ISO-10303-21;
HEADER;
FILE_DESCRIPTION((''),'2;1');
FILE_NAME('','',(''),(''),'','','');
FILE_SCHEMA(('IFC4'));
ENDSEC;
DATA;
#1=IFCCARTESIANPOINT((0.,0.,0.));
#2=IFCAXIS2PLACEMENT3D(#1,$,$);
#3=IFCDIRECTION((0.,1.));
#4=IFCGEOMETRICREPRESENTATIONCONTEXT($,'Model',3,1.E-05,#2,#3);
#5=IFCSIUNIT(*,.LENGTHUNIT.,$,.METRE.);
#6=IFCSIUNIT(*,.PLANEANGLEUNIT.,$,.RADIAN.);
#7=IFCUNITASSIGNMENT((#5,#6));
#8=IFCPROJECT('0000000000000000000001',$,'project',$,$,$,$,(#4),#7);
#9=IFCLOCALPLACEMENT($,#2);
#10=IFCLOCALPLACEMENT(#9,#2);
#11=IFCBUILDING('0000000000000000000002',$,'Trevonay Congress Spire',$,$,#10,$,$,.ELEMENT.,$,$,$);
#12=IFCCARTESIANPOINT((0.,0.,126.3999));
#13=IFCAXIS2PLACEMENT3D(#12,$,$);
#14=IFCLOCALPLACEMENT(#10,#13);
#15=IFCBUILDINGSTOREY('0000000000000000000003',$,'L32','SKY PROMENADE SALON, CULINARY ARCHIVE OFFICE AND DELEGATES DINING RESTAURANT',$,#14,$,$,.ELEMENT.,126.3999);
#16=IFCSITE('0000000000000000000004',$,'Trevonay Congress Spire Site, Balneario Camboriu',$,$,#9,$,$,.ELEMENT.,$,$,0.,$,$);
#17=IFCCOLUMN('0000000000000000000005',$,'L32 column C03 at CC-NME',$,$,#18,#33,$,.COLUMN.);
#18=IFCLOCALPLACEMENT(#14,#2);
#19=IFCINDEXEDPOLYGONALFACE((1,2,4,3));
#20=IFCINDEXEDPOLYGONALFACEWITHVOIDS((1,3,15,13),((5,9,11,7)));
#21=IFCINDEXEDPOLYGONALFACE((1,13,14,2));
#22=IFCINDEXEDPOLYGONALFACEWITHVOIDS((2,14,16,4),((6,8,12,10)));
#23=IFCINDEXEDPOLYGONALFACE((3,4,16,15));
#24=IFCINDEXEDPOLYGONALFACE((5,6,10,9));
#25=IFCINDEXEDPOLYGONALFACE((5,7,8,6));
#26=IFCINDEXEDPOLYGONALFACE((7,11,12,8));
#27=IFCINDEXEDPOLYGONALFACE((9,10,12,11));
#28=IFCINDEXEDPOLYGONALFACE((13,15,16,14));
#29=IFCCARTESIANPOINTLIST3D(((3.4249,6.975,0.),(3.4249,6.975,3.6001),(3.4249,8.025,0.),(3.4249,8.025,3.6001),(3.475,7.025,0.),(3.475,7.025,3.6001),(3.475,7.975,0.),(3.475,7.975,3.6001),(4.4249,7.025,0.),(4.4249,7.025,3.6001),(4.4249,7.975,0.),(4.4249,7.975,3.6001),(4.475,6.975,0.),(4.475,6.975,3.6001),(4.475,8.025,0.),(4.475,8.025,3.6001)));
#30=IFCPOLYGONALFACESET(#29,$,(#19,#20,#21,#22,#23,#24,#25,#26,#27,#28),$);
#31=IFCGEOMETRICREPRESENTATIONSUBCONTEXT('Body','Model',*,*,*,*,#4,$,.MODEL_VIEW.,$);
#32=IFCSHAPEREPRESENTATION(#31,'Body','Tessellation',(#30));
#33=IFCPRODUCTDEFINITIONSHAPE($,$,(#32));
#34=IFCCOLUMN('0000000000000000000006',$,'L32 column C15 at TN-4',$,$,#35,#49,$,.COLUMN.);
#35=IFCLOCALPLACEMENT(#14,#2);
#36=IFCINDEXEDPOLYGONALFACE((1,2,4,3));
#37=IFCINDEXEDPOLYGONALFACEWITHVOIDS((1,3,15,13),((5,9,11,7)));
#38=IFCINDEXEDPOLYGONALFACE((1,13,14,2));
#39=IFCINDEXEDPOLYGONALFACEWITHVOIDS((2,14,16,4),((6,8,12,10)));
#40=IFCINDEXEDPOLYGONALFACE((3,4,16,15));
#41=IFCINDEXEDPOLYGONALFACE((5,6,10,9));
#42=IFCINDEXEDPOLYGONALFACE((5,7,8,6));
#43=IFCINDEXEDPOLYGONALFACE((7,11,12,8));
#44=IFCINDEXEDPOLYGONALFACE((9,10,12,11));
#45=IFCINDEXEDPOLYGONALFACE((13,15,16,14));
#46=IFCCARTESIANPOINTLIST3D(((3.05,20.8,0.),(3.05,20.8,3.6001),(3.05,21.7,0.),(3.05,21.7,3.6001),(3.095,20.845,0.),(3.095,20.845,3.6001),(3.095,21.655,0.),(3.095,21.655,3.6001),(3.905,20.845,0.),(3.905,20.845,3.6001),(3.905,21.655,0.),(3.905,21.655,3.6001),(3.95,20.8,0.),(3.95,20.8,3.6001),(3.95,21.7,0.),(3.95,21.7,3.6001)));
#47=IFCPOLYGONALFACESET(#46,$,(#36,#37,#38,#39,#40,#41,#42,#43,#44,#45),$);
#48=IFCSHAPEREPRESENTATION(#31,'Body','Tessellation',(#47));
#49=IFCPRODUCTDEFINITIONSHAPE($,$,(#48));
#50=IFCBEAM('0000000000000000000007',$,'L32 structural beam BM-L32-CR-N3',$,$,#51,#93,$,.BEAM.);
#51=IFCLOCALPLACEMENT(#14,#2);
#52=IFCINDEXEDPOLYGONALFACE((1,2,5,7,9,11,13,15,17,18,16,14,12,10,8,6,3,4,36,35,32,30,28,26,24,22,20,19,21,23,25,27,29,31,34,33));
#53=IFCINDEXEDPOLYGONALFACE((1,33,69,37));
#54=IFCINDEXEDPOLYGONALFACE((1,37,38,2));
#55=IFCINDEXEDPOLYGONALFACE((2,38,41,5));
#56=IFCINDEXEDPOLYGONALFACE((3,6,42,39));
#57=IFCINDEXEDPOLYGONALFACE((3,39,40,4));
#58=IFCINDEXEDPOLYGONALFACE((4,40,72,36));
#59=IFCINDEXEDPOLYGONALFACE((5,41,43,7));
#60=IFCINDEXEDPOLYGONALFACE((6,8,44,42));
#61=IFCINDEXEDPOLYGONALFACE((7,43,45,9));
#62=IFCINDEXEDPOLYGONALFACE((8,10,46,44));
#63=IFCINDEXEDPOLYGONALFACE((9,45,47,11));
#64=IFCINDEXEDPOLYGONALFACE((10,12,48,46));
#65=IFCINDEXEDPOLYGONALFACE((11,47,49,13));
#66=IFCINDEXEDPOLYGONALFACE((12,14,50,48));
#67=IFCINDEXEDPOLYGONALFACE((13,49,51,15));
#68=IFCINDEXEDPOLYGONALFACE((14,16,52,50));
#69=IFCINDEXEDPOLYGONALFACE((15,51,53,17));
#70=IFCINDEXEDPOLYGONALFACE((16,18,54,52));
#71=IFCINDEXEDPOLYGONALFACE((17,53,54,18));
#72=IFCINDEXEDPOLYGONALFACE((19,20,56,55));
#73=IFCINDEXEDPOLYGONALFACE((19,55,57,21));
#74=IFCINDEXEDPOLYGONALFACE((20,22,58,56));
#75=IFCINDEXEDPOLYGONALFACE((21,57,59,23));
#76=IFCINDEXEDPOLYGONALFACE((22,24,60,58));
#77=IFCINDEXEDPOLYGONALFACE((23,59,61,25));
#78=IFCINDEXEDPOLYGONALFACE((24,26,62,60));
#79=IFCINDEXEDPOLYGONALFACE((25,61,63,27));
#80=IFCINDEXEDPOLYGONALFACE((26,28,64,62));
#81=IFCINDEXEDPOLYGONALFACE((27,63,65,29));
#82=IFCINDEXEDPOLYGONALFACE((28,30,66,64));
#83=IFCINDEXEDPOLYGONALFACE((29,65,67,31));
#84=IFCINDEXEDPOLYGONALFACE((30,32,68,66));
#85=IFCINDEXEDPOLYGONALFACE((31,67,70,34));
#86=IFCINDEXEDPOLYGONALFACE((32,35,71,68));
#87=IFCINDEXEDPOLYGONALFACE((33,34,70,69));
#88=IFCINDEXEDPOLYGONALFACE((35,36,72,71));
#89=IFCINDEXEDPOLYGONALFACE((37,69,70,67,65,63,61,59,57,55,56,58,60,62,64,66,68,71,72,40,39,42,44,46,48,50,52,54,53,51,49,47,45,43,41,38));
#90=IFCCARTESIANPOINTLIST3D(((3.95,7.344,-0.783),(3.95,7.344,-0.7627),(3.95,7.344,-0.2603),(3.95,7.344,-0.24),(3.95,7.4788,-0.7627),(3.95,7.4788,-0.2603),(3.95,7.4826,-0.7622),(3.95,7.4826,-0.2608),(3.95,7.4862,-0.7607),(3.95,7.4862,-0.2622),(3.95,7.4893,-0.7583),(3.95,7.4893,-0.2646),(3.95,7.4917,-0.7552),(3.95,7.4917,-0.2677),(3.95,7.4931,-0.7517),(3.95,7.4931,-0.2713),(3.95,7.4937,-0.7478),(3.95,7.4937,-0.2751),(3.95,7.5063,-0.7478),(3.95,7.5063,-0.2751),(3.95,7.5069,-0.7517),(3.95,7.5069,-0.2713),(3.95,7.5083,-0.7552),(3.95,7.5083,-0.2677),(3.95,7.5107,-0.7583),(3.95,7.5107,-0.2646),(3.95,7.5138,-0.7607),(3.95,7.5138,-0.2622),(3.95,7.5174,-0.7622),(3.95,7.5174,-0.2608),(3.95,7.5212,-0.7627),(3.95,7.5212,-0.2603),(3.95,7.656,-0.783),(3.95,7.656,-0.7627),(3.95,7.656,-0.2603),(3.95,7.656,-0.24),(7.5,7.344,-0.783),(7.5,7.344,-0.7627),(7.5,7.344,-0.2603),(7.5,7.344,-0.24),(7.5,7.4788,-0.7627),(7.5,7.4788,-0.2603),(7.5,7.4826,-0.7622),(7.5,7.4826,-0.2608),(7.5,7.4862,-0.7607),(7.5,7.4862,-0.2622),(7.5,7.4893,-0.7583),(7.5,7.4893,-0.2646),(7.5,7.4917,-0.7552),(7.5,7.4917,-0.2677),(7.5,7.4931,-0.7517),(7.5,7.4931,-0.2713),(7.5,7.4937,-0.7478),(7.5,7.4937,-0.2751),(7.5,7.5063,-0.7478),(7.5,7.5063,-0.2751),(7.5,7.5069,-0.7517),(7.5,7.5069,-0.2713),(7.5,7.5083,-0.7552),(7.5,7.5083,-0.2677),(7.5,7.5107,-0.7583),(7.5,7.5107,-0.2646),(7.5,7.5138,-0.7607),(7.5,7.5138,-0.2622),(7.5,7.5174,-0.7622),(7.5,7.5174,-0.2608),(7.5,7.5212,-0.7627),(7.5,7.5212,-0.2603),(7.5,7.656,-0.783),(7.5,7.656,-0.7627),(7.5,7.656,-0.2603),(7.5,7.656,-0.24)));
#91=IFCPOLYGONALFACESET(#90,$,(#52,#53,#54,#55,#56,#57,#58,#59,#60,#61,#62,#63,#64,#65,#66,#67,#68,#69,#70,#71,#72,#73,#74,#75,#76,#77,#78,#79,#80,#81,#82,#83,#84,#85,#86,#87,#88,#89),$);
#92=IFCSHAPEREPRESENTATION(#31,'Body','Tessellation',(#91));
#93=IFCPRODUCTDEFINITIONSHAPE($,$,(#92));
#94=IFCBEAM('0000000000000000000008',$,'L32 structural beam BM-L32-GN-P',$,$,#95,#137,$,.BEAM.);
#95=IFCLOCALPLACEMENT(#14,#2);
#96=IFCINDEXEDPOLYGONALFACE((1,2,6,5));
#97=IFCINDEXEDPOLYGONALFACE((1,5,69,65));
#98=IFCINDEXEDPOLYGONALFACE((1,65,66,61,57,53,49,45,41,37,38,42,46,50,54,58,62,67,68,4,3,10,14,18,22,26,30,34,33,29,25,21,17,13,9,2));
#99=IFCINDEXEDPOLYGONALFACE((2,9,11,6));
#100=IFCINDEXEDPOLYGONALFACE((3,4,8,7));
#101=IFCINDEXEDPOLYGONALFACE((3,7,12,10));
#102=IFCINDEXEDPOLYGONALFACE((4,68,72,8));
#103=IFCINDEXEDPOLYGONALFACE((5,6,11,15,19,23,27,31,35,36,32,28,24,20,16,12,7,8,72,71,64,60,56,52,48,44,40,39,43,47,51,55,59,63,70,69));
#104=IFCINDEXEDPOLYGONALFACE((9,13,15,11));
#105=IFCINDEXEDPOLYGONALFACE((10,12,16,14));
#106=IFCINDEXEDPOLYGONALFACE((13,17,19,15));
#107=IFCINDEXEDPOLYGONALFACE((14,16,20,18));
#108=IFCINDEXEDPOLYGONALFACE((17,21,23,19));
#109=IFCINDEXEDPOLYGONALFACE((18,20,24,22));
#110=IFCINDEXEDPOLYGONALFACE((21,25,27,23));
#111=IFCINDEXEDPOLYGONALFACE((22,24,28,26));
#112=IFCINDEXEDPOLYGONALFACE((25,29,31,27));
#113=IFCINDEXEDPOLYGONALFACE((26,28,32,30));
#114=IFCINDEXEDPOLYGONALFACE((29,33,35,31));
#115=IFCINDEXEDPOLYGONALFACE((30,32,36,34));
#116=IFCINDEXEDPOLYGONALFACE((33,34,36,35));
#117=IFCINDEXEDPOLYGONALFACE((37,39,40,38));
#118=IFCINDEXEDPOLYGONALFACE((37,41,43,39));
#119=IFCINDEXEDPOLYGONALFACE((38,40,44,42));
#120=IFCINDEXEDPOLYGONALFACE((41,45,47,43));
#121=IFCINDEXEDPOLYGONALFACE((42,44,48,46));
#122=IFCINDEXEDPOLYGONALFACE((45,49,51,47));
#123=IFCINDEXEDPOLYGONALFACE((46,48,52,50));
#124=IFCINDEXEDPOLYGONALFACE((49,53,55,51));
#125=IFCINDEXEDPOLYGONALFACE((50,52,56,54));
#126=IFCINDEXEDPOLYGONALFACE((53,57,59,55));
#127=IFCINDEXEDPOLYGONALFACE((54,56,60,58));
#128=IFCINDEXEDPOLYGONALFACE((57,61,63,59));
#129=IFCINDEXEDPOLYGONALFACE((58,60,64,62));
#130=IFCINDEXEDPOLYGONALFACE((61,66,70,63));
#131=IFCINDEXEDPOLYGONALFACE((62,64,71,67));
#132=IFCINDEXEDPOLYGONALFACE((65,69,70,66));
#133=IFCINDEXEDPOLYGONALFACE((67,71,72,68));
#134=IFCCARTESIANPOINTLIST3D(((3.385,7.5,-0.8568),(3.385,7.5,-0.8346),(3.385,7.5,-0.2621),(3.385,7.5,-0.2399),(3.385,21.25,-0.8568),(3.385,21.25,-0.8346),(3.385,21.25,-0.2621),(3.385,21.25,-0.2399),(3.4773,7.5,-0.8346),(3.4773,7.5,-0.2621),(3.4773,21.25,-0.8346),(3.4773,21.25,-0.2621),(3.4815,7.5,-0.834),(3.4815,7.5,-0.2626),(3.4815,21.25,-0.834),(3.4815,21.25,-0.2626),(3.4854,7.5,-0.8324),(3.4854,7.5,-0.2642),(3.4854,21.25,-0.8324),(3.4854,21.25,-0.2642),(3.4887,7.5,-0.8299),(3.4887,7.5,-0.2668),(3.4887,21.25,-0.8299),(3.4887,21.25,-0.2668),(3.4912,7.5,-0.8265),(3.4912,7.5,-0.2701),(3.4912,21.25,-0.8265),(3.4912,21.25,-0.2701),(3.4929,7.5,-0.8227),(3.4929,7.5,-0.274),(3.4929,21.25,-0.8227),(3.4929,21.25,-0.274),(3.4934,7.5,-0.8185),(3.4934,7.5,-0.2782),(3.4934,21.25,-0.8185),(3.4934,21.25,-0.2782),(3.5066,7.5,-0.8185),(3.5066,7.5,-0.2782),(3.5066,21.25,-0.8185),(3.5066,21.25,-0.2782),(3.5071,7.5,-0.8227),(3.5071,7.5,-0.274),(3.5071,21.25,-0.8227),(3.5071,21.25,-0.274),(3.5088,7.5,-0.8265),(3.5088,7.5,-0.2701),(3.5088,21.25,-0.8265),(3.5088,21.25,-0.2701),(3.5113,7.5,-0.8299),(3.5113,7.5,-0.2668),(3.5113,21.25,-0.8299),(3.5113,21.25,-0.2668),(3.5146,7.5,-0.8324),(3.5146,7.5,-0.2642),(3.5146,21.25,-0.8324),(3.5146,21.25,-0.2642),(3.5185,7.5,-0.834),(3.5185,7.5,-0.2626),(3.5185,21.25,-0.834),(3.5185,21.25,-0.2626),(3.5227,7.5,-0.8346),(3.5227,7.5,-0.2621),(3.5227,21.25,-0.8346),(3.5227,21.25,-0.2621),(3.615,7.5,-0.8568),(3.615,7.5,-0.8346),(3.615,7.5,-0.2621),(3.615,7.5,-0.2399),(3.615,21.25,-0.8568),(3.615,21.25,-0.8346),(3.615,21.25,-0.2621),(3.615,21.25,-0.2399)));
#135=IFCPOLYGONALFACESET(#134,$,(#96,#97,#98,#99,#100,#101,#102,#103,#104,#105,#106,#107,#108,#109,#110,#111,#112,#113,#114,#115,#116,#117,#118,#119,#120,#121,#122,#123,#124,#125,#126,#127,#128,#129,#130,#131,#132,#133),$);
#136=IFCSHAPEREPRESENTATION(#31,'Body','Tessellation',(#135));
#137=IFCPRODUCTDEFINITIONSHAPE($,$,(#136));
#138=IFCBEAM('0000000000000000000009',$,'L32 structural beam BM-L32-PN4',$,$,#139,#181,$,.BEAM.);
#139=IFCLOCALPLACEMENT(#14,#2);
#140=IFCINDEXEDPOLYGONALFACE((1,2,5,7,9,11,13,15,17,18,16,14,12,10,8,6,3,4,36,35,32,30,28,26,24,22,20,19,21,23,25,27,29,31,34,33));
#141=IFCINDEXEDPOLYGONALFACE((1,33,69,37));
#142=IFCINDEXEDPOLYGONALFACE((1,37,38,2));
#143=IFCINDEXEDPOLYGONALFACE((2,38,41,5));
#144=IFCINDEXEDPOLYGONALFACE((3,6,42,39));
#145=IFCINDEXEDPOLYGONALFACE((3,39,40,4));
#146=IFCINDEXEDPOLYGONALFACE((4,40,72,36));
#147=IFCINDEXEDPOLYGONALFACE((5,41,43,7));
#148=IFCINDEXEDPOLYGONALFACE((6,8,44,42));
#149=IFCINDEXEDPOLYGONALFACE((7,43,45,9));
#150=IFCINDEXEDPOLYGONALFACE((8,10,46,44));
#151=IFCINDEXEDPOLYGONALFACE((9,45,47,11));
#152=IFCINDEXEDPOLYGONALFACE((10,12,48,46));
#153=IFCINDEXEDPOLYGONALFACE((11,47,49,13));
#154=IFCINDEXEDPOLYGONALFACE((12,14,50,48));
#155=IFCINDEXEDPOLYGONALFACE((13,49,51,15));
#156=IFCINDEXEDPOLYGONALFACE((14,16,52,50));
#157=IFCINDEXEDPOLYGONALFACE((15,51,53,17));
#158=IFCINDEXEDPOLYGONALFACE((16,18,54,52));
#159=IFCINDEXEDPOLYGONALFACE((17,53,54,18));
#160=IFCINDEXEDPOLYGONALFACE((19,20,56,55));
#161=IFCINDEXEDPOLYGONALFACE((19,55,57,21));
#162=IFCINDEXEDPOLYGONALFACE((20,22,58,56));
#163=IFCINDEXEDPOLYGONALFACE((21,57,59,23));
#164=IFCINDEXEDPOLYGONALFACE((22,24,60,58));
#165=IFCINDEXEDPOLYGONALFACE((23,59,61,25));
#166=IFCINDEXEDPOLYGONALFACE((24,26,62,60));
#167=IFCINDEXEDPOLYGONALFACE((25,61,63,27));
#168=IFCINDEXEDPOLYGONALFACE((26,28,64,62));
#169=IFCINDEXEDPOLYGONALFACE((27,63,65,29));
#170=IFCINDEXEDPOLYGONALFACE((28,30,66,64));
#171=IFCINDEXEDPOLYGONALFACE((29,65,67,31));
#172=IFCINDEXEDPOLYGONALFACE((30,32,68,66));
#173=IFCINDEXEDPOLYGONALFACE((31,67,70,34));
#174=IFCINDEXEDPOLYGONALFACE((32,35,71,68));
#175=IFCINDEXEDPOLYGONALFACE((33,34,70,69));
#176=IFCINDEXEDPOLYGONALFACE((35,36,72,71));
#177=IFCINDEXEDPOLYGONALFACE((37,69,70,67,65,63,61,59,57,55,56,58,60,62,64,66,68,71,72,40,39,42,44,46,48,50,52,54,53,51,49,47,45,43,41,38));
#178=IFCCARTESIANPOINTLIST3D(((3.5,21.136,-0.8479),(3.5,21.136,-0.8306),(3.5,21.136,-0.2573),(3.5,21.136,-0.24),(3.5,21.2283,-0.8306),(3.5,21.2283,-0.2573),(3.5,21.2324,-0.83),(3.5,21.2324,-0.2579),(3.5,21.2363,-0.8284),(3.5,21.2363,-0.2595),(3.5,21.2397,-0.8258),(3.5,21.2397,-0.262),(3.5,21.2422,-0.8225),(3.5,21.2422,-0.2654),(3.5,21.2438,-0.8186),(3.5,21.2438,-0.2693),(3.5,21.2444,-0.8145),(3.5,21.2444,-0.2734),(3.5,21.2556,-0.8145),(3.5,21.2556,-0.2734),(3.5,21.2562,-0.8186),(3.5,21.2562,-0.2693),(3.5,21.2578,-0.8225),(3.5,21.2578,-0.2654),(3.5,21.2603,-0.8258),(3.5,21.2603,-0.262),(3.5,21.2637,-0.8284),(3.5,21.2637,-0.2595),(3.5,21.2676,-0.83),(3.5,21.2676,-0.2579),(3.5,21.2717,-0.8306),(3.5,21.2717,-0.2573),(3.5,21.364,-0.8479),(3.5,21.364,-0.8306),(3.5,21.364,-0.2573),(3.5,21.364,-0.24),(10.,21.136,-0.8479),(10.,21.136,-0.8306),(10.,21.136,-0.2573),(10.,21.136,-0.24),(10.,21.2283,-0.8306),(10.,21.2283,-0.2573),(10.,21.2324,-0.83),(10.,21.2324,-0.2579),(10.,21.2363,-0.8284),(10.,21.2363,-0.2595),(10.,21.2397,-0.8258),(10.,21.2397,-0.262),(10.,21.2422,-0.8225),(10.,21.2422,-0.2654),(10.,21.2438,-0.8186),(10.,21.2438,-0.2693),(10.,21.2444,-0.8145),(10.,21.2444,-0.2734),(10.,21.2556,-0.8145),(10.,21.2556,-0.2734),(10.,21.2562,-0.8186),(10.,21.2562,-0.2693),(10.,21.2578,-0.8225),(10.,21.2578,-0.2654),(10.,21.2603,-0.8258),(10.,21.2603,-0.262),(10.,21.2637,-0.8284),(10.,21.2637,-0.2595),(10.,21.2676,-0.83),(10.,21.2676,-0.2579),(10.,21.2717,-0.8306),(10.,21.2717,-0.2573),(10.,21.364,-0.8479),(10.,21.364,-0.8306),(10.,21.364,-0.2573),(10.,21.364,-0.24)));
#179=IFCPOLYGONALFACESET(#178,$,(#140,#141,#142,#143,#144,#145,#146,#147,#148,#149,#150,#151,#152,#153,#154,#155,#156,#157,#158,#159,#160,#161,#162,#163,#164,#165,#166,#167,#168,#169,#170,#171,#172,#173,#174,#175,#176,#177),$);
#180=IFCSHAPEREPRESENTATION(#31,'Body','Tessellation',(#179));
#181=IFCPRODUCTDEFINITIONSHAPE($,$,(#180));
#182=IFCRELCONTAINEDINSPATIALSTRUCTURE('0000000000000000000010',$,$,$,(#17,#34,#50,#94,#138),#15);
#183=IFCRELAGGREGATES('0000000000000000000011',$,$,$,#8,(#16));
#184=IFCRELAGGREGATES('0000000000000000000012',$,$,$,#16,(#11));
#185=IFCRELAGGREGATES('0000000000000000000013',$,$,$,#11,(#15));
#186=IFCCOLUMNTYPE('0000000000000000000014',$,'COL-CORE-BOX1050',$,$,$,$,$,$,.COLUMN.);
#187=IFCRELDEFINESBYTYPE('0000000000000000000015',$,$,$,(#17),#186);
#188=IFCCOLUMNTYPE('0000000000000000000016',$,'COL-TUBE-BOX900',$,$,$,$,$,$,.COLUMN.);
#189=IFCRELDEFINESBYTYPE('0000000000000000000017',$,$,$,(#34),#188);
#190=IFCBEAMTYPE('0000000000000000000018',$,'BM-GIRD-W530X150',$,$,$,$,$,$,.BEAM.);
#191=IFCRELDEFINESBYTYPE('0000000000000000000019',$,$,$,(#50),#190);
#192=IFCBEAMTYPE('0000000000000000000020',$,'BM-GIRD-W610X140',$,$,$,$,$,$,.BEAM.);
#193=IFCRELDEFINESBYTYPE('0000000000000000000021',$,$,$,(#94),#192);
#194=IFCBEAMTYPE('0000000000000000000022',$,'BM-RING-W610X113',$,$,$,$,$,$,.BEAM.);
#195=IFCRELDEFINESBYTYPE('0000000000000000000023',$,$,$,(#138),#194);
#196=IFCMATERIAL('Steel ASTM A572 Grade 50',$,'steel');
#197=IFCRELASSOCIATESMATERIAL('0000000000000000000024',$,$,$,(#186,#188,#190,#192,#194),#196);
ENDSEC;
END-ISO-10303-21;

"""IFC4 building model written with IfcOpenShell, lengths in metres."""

from ifc_helpers import new_model, si_unit, direction, frame, origin, origin_2d, place, context, subcontext, project, spatial, hollow_rectangle, i_section, extrude, material, material_profile, profile_set, type_object, element, save


model = new_model("IFC4")

# Units and contexts
model_context = context("Model", 3, precision=1e-05, world=origin(), true_north=direction((0.0, 1.0)))
body_context = subcontext(model_context, "Body", "Model", "MODEL_VIEW")
ifc_project = project(units=[si_unit("LENGTHUNIT", "METRE"), si_unit("PLANEANGLEUNIT", "RADIAN")], contexts=[model_context])

# Site, building, storey
site_placement = place(None, origin())
site = spatial("IfcSite", under=ifc_project, at=site_placement, Name="Trevonay Congress Spire Site, Balneario Camboriu", CompositionType="ELEMENT", RefElevation=0.0)
building_placement = place(site_placement, origin())
building = spatial("IfcBuilding", under=site, at=building_placement, Name="Trevonay Congress Spire", CompositionType="ELEMENT")
storey_placement = place(building_placement, frame((0.0, 0.0, 126.3999)))
storey = spatial("IfcBuildingStorey", under=building, at=storey_placement, Name="L32", Description="SKY PROMENADE SALON, CULINARY ARCHIVE OFFICE AND DELEGATES DINING RESTAURANT", CompositionType="ELEMENT", Elevation=126.3999)

# Columns
ifc_material_1 = material(Name="Steel ASTM A572 Grade 50", Category="steel")
ifc_material_profile_1 = material_profile(ifc_material_1, hollow_rectangle(XDim=1.05, YDim=1.05, WallThickness=0.05, at=origin_2d()), Name="BOX 1050x1050x50")
ifc_profile_set_1 = profile_set([ifc_material_profile_1], Name="Steel ASTM A572 Grade 50")
column_type_1 = type_object("IfcColumnType", Name="COL-CORE-BOX1050", PredefinedType="COLUMN", material=ifc_profile_set_1)
column_1_placement = place(storey_placement, frame((3.95, 7.5, 0.0), z_axis=(0.0, 0.0, 1.0), x_axis=(1.0, 0.0, 0.0)))
element("IfcColumn", 1, at=column_1_placement, inside=storey, type_object=column_type_1, Name="L32 column C03 at CC-NME", PredefinedType="COLUMN", context=body_context, shape_type="SweptSolid", body=[
    extrude(hollow_rectangle(XDim=1.05, YDim=1.05, WallThickness=0.05, at=origin_2d()), origin(), (0.0, 0.0, 1.0), 3.6001),
])
ifc_material_profile_2 = material_profile(ifc_material_1, hollow_rectangle(XDim=0.8999, YDim=0.8999, WallThickness=0.0449, at=origin_2d()), Name="BOX 900x900x45")
ifc_profile_set_2 = profile_set([ifc_material_profile_2], Name="Steel ASTM A572 Grade 50")
column_type_2 = type_object("IfcColumnType", Name="COL-TUBE-BOX900", PredefinedType="COLUMN", material=ifc_profile_set_2)
column_2_placement = place(storey_placement, frame((3.5, 21.25, 0.0), z_axis=(0.0, 0.0, 1.0), x_axis=(1.0, 0.0, 0.0)))
element("IfcColumn", 2, at=column_2_placement, inside=storey, type_object=column_type_2, Name="L32 column C15 at TN-4", PredefinedType="COLUMN", context=body_context, shape_type="SweptSolid", body=[
    extrude(hollow_rectangle(XDim=0.8999, YDim=0.8999, WallThickness=0.0449, at=origin_2d()), origin(), (0.0, 0.0, 1.0), 3.6001),
])

# Beams
ifc_material_profile_3 = material_profile(ifc_material_1, i_section(OverallWidth=0.312, OverallDepth=0.543, WebThickness=0.0127, FlangeThickness=0.0203, FilletRadius=0.0149, at=origin_2d()), Name="W530x150")
ifc_profile_set_3 = profile_set([ifc_material_profile_3], Name="Steel ASTM A572 Grade 50")
beam_type_1 = type_object("IfcBeamType", Name="BM-GIRD-W530X150", PredefinedType="BEAM", material=ifc_profile_set_3)
beam_1_placement = place(storey_placement, frame((3.95, 7.5, -0.5115), z_axis=(1.0, 0.0, 0.0), x_axis=(0.0, 1.0, 0.0)))
element("IfcBeam", 3, at=beam_1_placement, inside=storey, type_object=beam_type_1, Name="L32 structural beam BM-L32-CR-N3", PredefinedType="BEAM", context=body_context, shape_type="SweptSolid", body=[
    extrude(i_section(OverallWidth=0.312, OverallDepth=0.543, WebThickness=0.0127, FlangeThickness=0.0203, FilletRadius=0.0149, at=origin_2d()), origin(), (0.0, 0.0, 1.0), 3.55),
])
ifc_material_profile_4 = material_profile(ifc_material_1, i_section(OverallWidth=0.23, OverallDepth=0.6169, WebThickness=0.0132, FlangeThickness=0.0222, FilletRadius=0.0161, at=origin_2d()), Name="W610x140")
ifc_profile_set_4 = profile_set([ifc_material_profile_4], Name="Steel ASTM A572 Grade 50")
beam_type_2 = type_object("IfcBeamType", Name="BM-GIRD-W610X140", PredefinedType="BEAM", material=ifc_profile_set_4)
beam_2_placement = place(storey_placement, frame((3.5, 7.5, -0.5483), z_axis=(0.0, 1.0, 0.0), x_axis=(-1.0, 0.0, 0.0)))
element("IfcBeam", 4, at=beam_2_placement, inside=storey, type_object=beam_type_2, Name="L32 structural beam BM-L32-GN-P", PredefinedType="BEAM", context=body_context, shape_type="SweptSolid", body=[
    extrude(i_section(OverallWidth=0.23, OverallDepth=0.6169, WebThickness=0.0132, FlangeThickness=0.0222, FilletRadius=0.0161, at=origin_2d()), origin(), (0.0, 0.0, 1.0), 13.75),
])
ifc_material_profile_5 = material_profile(ifc_material_1, i_section(OverallWidth=0.228, OverallDepth=0.6079, WebThickness=0.0112, FlangeThickness=0.0173, FilletRadius=0.0161, at=origin_2d()), Name="W610x113")
ifc_profile_set_5 = profile_set([ifc_material_profile_5], Name="Steel ASTM A572 Grade 50")
beam_type_3 = type_object("IfcBeamType", Name="BM-RING-W610X113", PredefinedType="BEAM", material=ifc_profile_set_5)
beam_3_placement = place(storey_placement, frame((3.5, 21.25, -0.5439), z_axis=(1.0, 0.0, 0.0), x_axis=(0.0, 1.0, 0.0)))
element("IfcBeam", 5, at=beam_3_placement, inside=storey, type_object=beam_type_3, Name="L32 structural beam BM-L32-PN4", PredefinedType="BEAM", context=body_context, shape_type="SweptSolid", body=[
    extrude(i_section(OverallWidth=0.228, OverallDepth=0.6079, WebThickness=0.0112, FlangeThickness=0.0173, FilletRadius=0.0161, at=origin_2d()), origin(), (0.0, 0.0, 1.0), 6.5),
])

save(model, "model.ifc")
